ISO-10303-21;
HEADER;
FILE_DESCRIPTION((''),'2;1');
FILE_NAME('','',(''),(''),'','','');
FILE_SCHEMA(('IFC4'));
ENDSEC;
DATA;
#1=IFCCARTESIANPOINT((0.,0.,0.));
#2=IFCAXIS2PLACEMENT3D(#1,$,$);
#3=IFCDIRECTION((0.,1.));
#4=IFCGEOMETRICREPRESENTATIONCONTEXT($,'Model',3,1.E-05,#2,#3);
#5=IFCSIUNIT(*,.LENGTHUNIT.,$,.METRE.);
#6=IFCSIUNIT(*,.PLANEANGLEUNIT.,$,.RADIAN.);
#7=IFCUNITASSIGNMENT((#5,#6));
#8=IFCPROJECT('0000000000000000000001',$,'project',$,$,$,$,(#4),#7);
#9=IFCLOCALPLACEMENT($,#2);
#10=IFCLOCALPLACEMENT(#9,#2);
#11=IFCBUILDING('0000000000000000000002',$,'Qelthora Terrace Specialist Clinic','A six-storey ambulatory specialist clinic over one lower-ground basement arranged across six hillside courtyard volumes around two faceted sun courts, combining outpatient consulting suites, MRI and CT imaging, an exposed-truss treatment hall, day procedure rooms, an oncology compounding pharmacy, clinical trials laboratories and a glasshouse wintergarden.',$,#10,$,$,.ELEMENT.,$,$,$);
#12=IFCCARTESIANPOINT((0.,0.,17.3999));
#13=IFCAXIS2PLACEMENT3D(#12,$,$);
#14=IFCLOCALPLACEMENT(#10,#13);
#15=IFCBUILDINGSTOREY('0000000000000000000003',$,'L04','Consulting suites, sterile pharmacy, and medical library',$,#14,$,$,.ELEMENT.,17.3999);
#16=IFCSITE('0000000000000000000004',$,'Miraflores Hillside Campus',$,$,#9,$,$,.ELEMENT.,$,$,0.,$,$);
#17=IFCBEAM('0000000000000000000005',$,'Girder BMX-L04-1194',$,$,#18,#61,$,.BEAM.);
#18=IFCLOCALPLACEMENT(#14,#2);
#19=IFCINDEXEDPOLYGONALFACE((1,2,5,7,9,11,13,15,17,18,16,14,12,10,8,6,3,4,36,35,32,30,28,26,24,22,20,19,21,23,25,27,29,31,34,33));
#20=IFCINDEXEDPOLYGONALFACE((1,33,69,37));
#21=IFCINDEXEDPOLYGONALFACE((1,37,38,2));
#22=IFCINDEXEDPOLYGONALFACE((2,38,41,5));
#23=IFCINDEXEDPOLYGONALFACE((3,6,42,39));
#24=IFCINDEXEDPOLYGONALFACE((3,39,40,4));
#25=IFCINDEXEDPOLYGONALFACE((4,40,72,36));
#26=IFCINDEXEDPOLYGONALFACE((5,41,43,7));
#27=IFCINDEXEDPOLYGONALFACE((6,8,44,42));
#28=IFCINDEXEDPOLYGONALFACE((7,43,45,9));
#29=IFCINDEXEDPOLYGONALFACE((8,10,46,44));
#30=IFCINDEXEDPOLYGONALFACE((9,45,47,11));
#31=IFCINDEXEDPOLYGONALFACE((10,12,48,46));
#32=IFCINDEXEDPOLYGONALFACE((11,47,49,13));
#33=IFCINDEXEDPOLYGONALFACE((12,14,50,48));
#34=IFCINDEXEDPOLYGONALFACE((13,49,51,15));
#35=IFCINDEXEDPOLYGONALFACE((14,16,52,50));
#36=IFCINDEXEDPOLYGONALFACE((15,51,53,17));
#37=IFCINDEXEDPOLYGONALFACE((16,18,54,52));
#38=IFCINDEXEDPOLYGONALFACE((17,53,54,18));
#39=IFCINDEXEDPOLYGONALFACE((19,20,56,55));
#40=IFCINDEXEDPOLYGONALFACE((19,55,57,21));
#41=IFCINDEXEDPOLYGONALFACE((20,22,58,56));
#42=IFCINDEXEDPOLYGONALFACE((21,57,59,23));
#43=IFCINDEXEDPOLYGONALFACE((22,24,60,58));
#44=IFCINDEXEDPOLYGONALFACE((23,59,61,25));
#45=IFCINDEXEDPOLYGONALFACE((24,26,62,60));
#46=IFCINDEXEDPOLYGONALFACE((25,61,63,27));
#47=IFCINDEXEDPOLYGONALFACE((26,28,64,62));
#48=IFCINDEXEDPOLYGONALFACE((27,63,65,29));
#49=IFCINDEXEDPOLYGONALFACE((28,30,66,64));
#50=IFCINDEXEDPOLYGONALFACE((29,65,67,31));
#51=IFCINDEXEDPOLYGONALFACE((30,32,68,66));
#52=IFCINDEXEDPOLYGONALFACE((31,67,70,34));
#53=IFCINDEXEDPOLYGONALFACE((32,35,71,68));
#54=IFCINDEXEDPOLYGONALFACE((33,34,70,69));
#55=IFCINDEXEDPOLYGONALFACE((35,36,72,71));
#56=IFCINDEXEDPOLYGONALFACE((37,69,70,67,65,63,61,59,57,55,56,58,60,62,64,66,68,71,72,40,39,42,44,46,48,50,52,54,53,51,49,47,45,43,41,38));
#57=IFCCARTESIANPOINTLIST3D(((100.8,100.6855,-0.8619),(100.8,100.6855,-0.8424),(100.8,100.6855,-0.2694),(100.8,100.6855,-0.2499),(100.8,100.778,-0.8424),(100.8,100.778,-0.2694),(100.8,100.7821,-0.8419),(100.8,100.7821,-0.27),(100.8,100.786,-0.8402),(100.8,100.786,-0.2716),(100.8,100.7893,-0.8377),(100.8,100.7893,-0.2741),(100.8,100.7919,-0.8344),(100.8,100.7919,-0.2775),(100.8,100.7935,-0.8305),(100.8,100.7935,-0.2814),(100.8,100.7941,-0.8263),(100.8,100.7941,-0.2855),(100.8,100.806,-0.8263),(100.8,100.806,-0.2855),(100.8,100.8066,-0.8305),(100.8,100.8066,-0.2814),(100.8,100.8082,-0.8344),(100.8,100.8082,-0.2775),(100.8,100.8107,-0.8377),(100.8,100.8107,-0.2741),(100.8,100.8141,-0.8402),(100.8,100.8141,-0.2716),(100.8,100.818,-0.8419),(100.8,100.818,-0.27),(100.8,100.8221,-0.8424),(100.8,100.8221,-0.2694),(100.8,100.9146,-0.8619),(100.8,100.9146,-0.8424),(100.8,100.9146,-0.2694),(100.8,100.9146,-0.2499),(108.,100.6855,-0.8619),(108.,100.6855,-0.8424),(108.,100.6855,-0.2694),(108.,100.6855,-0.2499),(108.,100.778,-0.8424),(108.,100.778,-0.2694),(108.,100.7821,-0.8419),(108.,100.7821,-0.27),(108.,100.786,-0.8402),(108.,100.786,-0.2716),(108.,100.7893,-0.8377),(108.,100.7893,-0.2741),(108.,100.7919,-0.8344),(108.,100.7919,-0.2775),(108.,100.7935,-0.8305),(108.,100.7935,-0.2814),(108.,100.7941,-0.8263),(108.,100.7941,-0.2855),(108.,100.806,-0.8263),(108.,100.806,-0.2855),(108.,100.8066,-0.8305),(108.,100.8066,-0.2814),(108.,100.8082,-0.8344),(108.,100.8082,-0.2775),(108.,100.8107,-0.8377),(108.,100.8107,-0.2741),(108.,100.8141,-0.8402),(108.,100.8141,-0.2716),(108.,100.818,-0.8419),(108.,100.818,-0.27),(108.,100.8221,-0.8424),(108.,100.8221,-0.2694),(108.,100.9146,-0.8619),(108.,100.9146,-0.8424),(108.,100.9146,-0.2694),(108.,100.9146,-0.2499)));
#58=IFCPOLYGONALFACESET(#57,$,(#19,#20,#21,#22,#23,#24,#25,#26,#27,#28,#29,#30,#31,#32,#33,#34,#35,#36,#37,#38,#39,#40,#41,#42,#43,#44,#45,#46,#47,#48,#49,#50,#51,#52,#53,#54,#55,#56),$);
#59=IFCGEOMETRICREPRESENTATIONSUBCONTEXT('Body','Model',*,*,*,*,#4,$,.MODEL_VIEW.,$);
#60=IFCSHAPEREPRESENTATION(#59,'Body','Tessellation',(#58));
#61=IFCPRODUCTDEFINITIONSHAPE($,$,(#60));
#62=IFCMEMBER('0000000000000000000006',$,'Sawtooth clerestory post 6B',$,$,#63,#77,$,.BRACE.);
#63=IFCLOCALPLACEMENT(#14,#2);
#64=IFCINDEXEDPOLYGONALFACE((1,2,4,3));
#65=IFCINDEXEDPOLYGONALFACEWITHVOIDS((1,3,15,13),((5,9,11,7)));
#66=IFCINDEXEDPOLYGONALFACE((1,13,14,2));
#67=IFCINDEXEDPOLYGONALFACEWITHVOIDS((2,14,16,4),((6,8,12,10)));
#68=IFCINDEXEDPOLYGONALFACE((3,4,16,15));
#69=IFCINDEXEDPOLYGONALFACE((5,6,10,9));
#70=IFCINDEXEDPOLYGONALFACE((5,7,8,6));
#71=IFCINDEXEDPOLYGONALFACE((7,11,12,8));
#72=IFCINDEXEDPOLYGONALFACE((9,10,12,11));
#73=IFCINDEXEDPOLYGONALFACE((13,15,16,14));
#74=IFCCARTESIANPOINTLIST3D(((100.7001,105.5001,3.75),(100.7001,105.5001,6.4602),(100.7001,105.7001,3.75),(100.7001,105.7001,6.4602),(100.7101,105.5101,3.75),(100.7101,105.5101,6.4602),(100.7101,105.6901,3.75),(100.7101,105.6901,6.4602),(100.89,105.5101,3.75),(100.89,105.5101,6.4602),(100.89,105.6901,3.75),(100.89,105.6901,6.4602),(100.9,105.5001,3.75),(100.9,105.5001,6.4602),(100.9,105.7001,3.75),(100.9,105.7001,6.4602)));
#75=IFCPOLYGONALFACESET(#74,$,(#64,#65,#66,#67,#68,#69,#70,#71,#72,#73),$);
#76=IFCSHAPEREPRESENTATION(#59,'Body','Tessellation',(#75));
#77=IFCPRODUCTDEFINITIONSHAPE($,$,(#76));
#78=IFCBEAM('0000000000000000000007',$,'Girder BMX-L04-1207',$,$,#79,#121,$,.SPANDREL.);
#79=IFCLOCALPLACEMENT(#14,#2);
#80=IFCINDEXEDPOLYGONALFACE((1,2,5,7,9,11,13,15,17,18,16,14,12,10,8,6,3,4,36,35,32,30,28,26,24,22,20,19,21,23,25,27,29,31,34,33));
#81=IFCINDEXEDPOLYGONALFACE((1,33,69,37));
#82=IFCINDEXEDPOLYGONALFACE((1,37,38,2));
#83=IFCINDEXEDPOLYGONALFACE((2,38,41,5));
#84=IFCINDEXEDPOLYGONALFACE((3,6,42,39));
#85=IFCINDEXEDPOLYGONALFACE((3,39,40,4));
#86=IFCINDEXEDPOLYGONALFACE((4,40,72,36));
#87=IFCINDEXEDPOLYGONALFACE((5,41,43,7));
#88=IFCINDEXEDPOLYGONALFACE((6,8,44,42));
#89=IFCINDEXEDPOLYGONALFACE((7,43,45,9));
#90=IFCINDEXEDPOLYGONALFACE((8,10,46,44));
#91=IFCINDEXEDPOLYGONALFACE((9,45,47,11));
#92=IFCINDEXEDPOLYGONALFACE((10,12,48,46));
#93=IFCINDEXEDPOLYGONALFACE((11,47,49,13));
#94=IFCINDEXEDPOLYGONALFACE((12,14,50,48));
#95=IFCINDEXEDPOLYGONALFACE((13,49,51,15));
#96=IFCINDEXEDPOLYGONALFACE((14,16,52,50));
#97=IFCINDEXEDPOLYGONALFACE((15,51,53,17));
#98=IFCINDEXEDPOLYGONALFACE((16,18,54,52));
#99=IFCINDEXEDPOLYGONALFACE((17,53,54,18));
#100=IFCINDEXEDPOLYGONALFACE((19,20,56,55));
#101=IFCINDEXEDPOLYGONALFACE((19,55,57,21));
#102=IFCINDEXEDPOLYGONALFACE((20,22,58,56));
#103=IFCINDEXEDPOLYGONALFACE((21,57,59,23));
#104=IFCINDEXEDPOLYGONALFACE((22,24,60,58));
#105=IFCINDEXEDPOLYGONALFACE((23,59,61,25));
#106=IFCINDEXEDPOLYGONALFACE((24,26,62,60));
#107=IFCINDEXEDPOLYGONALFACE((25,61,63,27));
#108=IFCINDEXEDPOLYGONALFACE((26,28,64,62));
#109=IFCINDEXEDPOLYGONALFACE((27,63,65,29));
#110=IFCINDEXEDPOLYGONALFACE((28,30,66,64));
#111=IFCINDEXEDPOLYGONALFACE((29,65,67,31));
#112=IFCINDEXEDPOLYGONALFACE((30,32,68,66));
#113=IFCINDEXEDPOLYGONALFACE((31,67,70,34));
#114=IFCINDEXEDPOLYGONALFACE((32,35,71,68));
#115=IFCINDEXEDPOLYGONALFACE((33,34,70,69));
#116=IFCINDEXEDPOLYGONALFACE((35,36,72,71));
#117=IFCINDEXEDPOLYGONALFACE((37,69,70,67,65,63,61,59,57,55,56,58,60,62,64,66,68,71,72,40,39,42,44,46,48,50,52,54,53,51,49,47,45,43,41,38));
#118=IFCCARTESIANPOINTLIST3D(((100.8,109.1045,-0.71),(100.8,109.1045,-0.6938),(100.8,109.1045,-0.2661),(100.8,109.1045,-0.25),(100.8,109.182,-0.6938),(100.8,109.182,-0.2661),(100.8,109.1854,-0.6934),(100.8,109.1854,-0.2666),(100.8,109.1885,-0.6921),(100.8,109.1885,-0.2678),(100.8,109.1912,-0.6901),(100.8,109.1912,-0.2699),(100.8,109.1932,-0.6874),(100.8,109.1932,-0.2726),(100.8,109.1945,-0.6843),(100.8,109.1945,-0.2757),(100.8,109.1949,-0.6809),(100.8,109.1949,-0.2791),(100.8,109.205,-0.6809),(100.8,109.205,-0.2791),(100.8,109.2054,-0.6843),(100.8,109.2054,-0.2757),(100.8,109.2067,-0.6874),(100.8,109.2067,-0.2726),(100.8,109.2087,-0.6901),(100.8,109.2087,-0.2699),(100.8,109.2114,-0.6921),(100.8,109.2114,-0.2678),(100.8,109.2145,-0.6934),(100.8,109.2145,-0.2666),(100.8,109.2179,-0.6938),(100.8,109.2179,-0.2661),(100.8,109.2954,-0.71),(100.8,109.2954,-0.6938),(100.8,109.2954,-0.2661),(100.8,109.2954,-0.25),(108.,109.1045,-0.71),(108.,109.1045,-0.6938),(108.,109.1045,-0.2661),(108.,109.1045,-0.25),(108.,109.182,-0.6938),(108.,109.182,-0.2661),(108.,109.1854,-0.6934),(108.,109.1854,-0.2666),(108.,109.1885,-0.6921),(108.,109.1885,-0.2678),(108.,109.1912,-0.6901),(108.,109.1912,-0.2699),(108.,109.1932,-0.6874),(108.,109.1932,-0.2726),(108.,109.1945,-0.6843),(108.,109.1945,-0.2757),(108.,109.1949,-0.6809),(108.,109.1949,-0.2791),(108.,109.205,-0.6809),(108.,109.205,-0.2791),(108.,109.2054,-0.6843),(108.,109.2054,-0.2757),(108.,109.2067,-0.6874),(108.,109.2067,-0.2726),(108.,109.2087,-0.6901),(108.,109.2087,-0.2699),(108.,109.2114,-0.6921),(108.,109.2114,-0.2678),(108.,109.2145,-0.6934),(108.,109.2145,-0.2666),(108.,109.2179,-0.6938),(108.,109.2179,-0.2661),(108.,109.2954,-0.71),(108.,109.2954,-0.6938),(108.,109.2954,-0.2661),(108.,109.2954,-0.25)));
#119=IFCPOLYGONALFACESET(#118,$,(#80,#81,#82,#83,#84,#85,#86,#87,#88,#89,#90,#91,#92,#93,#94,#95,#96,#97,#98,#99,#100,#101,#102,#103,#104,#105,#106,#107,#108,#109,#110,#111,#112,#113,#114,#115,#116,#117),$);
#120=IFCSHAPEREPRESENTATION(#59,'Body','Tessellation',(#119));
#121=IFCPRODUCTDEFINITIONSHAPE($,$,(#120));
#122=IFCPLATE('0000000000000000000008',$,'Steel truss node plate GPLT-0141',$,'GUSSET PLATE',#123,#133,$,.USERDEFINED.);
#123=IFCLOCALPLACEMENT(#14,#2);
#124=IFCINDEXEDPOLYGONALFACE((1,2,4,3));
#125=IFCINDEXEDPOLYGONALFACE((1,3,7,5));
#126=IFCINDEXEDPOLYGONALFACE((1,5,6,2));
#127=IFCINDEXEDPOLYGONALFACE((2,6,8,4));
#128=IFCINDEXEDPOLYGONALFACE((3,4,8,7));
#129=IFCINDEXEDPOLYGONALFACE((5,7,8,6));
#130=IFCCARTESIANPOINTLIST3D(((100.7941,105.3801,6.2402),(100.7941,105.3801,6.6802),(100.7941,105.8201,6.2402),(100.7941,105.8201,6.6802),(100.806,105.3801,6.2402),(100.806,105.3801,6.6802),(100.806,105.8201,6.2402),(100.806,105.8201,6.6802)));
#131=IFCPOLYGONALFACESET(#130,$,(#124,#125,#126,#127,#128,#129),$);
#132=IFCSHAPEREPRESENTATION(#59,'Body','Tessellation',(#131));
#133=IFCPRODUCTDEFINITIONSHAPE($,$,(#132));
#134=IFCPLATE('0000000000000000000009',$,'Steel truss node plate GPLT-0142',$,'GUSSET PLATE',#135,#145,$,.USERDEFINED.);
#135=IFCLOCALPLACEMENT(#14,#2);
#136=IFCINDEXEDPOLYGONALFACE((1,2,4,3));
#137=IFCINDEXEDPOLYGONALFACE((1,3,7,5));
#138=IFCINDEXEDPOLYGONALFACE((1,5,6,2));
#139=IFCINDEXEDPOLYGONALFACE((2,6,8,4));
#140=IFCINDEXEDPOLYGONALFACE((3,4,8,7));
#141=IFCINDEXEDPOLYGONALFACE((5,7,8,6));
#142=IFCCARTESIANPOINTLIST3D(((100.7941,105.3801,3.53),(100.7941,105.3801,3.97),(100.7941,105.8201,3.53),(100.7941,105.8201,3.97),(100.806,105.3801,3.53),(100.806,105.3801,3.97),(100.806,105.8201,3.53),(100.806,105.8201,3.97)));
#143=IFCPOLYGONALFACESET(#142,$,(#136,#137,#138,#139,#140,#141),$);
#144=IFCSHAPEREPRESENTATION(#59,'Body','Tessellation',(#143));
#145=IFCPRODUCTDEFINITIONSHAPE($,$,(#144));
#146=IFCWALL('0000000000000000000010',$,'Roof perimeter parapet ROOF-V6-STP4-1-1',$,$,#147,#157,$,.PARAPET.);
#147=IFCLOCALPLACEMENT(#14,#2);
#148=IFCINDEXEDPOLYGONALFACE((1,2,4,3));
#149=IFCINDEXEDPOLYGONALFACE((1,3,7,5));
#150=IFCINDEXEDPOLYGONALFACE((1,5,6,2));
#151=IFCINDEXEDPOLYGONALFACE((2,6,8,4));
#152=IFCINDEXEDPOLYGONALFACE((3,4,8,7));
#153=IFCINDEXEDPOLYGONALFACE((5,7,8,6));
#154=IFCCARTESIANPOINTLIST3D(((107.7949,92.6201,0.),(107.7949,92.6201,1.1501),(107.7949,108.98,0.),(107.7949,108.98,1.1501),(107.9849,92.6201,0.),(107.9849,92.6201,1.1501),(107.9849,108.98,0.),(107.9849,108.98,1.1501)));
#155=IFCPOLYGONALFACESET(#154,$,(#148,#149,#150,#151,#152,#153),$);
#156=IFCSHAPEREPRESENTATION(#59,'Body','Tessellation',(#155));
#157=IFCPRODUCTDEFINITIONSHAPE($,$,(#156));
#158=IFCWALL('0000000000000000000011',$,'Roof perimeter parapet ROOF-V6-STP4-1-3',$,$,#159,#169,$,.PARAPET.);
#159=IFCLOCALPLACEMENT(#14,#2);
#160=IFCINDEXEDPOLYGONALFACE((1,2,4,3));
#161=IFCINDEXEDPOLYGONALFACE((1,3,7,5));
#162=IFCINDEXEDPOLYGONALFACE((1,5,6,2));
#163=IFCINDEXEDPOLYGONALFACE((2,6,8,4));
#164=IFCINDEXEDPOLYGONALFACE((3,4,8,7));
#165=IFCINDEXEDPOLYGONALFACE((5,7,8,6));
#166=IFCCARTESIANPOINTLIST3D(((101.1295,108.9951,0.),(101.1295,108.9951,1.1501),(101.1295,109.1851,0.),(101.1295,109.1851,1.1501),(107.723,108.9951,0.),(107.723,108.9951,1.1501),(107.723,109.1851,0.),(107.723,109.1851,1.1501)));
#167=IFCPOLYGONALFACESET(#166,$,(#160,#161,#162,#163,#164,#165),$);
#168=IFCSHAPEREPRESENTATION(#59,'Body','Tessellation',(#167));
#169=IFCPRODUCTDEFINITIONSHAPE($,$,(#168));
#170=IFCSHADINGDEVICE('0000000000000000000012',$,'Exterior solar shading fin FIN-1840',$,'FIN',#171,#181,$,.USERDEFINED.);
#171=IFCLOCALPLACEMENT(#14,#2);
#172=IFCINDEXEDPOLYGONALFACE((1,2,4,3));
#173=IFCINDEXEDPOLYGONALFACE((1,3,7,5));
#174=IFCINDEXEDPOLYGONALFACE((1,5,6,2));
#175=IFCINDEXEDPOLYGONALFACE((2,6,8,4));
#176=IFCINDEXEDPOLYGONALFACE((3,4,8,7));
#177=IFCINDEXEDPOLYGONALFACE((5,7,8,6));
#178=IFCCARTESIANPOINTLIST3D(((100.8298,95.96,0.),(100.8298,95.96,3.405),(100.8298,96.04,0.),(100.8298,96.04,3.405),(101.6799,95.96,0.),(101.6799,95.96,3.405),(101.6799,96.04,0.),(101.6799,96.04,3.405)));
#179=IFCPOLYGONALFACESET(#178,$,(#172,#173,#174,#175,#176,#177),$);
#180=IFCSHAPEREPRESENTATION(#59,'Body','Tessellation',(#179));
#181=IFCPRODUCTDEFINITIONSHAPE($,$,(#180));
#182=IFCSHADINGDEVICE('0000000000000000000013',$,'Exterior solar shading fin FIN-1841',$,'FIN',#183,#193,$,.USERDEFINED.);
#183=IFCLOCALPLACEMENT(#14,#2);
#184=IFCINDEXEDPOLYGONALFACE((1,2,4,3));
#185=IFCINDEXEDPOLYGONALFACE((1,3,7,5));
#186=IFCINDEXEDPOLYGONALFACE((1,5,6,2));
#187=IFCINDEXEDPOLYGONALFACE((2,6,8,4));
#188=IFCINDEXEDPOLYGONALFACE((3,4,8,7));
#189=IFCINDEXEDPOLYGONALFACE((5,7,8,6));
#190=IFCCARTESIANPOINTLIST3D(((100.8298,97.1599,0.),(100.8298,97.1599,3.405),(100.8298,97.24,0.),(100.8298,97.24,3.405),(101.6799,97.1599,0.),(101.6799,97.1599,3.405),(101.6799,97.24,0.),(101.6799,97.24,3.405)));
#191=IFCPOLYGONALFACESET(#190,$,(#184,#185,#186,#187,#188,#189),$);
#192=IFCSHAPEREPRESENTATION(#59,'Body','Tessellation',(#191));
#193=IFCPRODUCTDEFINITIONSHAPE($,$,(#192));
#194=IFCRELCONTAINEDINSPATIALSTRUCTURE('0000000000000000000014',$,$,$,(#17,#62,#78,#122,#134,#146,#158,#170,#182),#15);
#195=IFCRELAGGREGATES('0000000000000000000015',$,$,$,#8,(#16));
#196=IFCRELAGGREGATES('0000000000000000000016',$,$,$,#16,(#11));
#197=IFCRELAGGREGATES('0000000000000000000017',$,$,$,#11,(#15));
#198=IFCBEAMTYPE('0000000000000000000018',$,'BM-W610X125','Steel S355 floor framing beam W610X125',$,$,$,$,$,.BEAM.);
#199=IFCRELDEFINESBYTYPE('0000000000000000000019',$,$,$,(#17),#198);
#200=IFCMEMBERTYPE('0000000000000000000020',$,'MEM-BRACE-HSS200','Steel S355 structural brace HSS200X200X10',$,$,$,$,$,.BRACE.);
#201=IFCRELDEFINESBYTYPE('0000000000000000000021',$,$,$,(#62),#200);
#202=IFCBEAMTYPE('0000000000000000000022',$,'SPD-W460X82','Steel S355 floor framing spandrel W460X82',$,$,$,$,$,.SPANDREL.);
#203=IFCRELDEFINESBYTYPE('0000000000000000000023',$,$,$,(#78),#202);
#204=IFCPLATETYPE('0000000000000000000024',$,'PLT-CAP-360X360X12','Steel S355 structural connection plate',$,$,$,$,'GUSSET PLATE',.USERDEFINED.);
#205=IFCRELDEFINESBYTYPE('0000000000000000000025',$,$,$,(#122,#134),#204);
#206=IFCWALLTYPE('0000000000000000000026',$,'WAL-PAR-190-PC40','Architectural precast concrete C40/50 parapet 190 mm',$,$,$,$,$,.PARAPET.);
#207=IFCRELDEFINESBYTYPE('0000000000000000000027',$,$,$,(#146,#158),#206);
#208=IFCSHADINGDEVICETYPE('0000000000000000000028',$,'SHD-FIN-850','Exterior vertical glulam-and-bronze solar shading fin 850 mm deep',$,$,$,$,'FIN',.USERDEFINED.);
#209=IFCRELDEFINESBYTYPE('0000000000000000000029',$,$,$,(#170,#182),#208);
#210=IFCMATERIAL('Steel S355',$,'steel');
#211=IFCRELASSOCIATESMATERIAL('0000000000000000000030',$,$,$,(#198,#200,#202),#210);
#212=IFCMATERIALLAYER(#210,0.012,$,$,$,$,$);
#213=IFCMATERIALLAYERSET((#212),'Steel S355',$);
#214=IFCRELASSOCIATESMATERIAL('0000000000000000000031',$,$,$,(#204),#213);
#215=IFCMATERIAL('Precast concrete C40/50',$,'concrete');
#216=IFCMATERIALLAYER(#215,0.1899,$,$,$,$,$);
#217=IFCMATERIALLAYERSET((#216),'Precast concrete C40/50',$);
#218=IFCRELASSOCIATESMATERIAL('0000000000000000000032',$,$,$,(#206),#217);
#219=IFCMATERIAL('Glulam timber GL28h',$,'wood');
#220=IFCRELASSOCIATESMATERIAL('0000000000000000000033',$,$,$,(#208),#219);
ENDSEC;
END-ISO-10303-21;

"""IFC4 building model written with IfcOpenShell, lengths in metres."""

from ifc_helpers import new_model, si_unit, direction, frame, frame_2d, origin, origin_2d, place, context, subcontext, project, spatial, rectangle, hollow_rectangle, i_section, extrude, material, layer, layer_set, material_profile, profile_set, type_object, element, save


model = new_model("IFC4")

# Units and contexts
model_context = context("Model", 3, precision=1e-05, world=origin(), true_north=direction((0.0, 1.0)))
body_context = subcontext(model_context, "Body", "Model", "MODEL_VIEW")
ifc_project = project(units=[si_unit("LENGTHUNIT", "METRE"), si_unit("PLANEANGLEUNIT", "RADIAN")], contexts=[model_context])

# Site, building, storey
site_placement = place(None, origin())
site = spatial("IfcSite", under=ifc_project, at=site_placement, Name="Miraflores Hillside Campus", CompositionType="ELEMENT", RefElevation=0.0)
building_placement = place(site_placement, origin())
building = spatial("IfcBuilding", under=site, at=building_placement, Name="Qelthora Terrace Specialist Clinic", Description="A six-storey ambulatory specialist clinic over one lower-ground basement arranged across six hillside courtyard volumes around two faceted sun courts, combining outpatient consulting suites, MRI and CT imaging, an exposed-truss treatment hall, day procedure rooms, an oncology compounding pharmacy, clinical trials laboratories and a glasshouse wintergarden.", CompositionType="ELEMENT")
storey_placement = place(building_placement, frame((0.0, 0.0, 17.3999)))
storey = spatial("IfcBuildingStorey", under=building, at=storey_placement, Name="L04", Description="Consulting suites, sterile pharmacy, and medical library", CompositionType="ELEMENT", Elevation=17.3999)

# Shared definitions
ifc_material_1 = material(Name="Steel S355", Category="steel")

# Beam
ifc_material_profile_1 = material_profile(ifc_material_1, i_section(OverallWidth=0.229, OverallDepth=0.6121, WebThickness=0.012, FlangeThickness=0.0195, FilletRadius=0.0161, at=origin_2d()), Name="W610X125")
ifc_profile_set_1 = profile_set([ifc_material_profile_1], Name="Steel S355")
beam_type_1 = type_object("IfcBeamType", Name="BM-W610X125", Description="Steel S355 floor framing beam W610X125", PredefinedType="BEAM", material=ifc_profile_set_1)
beam_1_placement = place(storey_placement, frame((100.8, 100.8, -0.5559), z_axis=(1.0, 0.0, 0.0), x_axis=(0.0, 1.0, 0.0)))
element("IfcBeam", 1, at=beam_1_placement, inside=storey, type_object=beam_type_1, Name="Girder BMX-L04-1194", PredefinedType="BEAM", context=body_context, shape_type="SweptSolid", body=[
    extrude(i_section(OverallWidth=0.229, OverallDepth=0.6121, WebThickness=0.012, FlangeThickness=0.0195, FilletRadius=0.0161, at=origin_2d()), origin(), (0.0, 0.0, 1.0), 7.2),
])

# Member
ifc_material_profile_2 = material_profile(ifc_material_1, hollow_rectangle(XDim=0.2, YDim=0.2, WallThickness=0.01, at=origin_2d()), Name="HSS200X200X10")
ifc_profile_set_2 = profile_set([ifc_material_profile_2], Name="Steel S355")
member_type = type_object("IfcMemberType", Name="MEM-BRACE-HSS200", Description="Steel S355 structural brace HSS200X200X10", PredefinedType="BRACE", material=ifc_profile_set_2)
member_placement = place(storey_placement, frame((100.8, 105.6001, 3.75), z_axis=(0.0, 0.0, 1.0), x_axis=(1.0, 0.0, 0.0)))
element("IfcMember", 2, at=member_placement, inside=storey, type_object=member_type, Name="Sawtooth clerestory post 6B", PredefinedType="BRACE", context=body_context, shape_type="SweptSolid", body=[
    extrude(hollow_rectangle(XDim=0.2, YDim=0.2, WallThickness=0.01, at=origin_2d()), origin(), (0.0, 0.0, 1.0), 2.7102),
])

# Beam
ifc_material_profile_3 = material_profile(ifc_material_1, i_section(OverallWidth=0.1909, OverallDepth=0.46, WebThickness=0.01, FlangeThickness=0.0161, FilletRadius=0.0129, at=origin_2d()), Name="W460X82")
ifc_profile_set_3 = profile_set([ifc_material_profile_3], Name="Steel S355")
beam_type_2 = type_object("IfcBeamType", Name="SPD-W460X82", Description="Steel S355 floor framing spandrel W460X82", PredefinedType="SPANDREL", material=ifc_profile_set_3)
beam_2_placement = place(storey_placement, frame((100.8, 109.2, -0.48), z_axis=(1.0, 0.0, 0.0), x_axis=(0.0, 1.0, 0.0)))
element("IfcBeam", 3, at=beam_2_placement, inside=storey, type_object=beam_type_2, Name="Girder BMX-L04-1207", PredefinedType="SPANDREL", context=body_context, shape_type="SweptSolid", body=[
    extrude(i_section(OverallWidth=0.1909, OverallDepth=0.46, WebThickness=0.01, FlangeThickness=0.0161, FilletRadius=0.0129, at=origin_2d()), origin(), (0.0, 0.0, 1.0), 7.2),
])

# Plates
ifc_layer_1 = layer(ifc_material_1, 0.012)
ifc_layer_set_1 = layer_set([ifc_layer_1], Name="Steel S355")
plate_type = type_object("IfcPlateType", Name="PLT-CAP-360X360X12", Description="Steel S355 structural connection plate", ElementType="GUSSET PLATE", PredefinedType="USERDEFINED", material=ifc_layer_set_1)
for number, where, z_axis, x_axis, name in (
    (4, (100.8, 105.6001, 6.2402), (0.0, 0.0, 1.0), (1.0, 0.0, 0.0), "Steel truss node plate GPLT-0141"),
    (5, (100.8, 105.6001, 3.53), (0.0, 0.0, 1.0), (1.0, 0.0, 0.0), "Steel truss node plate GPLT-0142"),
):
    element("IfcPlate", number, at=place(storey_placement, frame(where, z_axis=z_axis, x_axis=x_axis)), inside=storey, type_object=plate_type, Name=name, ObjectType="GUSSET PLATE", PredefinedType="USERDEFINED", context=body_context, shape_type="SweptSolid", body=[
        extrude(rectangle(XDim=0.012, YDim=0.4399, at=origin_2d()), origin(), (0.0, 0.0, 1.0), 0.4399),
    ])

# Walls
ifc_material_2 = material(Name="Precast concrete C40/50", Category="concrete")
ifc_layer_2 = layer(ifc_material_2, 0.1899)
ifc_layer_set_2 = layer_set([ifc_layer_2], Name="Precast concrete C40/50")
wall_type = type_object("IfcWallType", Name="WAL-PAR-190-PC40", Description="Architectural precast concrete C40/50 parapet 190 mm", PredefinedType="PARAPET", material=ifc_layer_set_2)
wall_1_placement = place(storey_placement, frame((107.8899, 108.98, 0.0), z_axis=(0.0, 0.0, 1.0), x_axis=(0.0, -1.0, 0.0)))
element("IfcWall", 6, at=wall_1_placement, inside=storey, type_object=wall_type, Name="Roof perimeter parapet ROOF-V6-STP4-1-1", PredefinedType="PARAPET", context=body_context, shape_type="SweptSolid", body=[
    extrude(rectangle(XDim=16.3599, YDim=0.1899, at=frame_2d((8.1799, 0.0))), origin(), (0.0, 0.0, 1.0), 1.1501),
])
wall_2_placement = place(storey_placement, frame((101.1294, 109.0901, 0.0), z_axis=(0.0, 0.0, 1.0), x_axis=(1.0, 0.0, 0.0)))
element("IfcWall", 7, at=wall_2_placement, inside=storey, type_object=wall_type, Name="Roof perimeter parapet ROOF-V6-STP4-1-3", PredefinedType="PARAPET", context=body_context, shape_type="SweptSolid", body=[
    extrude(rectangle(XDim=6.5935, YDim=0.1899, at=frame_2d((3.2969, 0.0))), origin(), (0.0, 0.0, 1.0), 1.1501),
])

# Shading devices
ifc_material_3 = material(Name="Glulam timber GL28h", Category="wood")
shading_device_type = type_object("IfcShadingDeviceType", Name="SHD-FIN-850", Description="Exterior vertical glulam-and-bronze solar shading fin 850 mm deep", ElementType="FIN", PredefinedType="USERDEFINED", material=ifc_material_3)
for number, where, z_axis, x_axis, name in (
    (8, (101.2549, 96.0, 0.0), (0.0, 0.0, 1.0), (1.0, 0.0, 0.0), "Exterior solar shading fin FIN-1840"),
    (9, (101.2549, 97.2, 0.0), (0.0, 0.0, 1.0), (1.0, 0.0, 0.0), "Exterior solar shading fin FIN-1841"),
):
    element("IfcShadingDevice", number, at=place(storey_placement, frame(where, z_axis=z_axis, x_axis=x_axis)), inside=storey, type_object=shading_device_type, Name=name, ObjectType="FIN", PredefinedType="USERDEFINED", context=body_context, shape_type="SweptSolid", body=[
        extrude(rectangle(XDim=0.8501, YDim=0.0801, at=origin_2d()), origin(), (0.0, 0.0, 1.0), 3.405),
    ])

save(model, "model.ifc")
